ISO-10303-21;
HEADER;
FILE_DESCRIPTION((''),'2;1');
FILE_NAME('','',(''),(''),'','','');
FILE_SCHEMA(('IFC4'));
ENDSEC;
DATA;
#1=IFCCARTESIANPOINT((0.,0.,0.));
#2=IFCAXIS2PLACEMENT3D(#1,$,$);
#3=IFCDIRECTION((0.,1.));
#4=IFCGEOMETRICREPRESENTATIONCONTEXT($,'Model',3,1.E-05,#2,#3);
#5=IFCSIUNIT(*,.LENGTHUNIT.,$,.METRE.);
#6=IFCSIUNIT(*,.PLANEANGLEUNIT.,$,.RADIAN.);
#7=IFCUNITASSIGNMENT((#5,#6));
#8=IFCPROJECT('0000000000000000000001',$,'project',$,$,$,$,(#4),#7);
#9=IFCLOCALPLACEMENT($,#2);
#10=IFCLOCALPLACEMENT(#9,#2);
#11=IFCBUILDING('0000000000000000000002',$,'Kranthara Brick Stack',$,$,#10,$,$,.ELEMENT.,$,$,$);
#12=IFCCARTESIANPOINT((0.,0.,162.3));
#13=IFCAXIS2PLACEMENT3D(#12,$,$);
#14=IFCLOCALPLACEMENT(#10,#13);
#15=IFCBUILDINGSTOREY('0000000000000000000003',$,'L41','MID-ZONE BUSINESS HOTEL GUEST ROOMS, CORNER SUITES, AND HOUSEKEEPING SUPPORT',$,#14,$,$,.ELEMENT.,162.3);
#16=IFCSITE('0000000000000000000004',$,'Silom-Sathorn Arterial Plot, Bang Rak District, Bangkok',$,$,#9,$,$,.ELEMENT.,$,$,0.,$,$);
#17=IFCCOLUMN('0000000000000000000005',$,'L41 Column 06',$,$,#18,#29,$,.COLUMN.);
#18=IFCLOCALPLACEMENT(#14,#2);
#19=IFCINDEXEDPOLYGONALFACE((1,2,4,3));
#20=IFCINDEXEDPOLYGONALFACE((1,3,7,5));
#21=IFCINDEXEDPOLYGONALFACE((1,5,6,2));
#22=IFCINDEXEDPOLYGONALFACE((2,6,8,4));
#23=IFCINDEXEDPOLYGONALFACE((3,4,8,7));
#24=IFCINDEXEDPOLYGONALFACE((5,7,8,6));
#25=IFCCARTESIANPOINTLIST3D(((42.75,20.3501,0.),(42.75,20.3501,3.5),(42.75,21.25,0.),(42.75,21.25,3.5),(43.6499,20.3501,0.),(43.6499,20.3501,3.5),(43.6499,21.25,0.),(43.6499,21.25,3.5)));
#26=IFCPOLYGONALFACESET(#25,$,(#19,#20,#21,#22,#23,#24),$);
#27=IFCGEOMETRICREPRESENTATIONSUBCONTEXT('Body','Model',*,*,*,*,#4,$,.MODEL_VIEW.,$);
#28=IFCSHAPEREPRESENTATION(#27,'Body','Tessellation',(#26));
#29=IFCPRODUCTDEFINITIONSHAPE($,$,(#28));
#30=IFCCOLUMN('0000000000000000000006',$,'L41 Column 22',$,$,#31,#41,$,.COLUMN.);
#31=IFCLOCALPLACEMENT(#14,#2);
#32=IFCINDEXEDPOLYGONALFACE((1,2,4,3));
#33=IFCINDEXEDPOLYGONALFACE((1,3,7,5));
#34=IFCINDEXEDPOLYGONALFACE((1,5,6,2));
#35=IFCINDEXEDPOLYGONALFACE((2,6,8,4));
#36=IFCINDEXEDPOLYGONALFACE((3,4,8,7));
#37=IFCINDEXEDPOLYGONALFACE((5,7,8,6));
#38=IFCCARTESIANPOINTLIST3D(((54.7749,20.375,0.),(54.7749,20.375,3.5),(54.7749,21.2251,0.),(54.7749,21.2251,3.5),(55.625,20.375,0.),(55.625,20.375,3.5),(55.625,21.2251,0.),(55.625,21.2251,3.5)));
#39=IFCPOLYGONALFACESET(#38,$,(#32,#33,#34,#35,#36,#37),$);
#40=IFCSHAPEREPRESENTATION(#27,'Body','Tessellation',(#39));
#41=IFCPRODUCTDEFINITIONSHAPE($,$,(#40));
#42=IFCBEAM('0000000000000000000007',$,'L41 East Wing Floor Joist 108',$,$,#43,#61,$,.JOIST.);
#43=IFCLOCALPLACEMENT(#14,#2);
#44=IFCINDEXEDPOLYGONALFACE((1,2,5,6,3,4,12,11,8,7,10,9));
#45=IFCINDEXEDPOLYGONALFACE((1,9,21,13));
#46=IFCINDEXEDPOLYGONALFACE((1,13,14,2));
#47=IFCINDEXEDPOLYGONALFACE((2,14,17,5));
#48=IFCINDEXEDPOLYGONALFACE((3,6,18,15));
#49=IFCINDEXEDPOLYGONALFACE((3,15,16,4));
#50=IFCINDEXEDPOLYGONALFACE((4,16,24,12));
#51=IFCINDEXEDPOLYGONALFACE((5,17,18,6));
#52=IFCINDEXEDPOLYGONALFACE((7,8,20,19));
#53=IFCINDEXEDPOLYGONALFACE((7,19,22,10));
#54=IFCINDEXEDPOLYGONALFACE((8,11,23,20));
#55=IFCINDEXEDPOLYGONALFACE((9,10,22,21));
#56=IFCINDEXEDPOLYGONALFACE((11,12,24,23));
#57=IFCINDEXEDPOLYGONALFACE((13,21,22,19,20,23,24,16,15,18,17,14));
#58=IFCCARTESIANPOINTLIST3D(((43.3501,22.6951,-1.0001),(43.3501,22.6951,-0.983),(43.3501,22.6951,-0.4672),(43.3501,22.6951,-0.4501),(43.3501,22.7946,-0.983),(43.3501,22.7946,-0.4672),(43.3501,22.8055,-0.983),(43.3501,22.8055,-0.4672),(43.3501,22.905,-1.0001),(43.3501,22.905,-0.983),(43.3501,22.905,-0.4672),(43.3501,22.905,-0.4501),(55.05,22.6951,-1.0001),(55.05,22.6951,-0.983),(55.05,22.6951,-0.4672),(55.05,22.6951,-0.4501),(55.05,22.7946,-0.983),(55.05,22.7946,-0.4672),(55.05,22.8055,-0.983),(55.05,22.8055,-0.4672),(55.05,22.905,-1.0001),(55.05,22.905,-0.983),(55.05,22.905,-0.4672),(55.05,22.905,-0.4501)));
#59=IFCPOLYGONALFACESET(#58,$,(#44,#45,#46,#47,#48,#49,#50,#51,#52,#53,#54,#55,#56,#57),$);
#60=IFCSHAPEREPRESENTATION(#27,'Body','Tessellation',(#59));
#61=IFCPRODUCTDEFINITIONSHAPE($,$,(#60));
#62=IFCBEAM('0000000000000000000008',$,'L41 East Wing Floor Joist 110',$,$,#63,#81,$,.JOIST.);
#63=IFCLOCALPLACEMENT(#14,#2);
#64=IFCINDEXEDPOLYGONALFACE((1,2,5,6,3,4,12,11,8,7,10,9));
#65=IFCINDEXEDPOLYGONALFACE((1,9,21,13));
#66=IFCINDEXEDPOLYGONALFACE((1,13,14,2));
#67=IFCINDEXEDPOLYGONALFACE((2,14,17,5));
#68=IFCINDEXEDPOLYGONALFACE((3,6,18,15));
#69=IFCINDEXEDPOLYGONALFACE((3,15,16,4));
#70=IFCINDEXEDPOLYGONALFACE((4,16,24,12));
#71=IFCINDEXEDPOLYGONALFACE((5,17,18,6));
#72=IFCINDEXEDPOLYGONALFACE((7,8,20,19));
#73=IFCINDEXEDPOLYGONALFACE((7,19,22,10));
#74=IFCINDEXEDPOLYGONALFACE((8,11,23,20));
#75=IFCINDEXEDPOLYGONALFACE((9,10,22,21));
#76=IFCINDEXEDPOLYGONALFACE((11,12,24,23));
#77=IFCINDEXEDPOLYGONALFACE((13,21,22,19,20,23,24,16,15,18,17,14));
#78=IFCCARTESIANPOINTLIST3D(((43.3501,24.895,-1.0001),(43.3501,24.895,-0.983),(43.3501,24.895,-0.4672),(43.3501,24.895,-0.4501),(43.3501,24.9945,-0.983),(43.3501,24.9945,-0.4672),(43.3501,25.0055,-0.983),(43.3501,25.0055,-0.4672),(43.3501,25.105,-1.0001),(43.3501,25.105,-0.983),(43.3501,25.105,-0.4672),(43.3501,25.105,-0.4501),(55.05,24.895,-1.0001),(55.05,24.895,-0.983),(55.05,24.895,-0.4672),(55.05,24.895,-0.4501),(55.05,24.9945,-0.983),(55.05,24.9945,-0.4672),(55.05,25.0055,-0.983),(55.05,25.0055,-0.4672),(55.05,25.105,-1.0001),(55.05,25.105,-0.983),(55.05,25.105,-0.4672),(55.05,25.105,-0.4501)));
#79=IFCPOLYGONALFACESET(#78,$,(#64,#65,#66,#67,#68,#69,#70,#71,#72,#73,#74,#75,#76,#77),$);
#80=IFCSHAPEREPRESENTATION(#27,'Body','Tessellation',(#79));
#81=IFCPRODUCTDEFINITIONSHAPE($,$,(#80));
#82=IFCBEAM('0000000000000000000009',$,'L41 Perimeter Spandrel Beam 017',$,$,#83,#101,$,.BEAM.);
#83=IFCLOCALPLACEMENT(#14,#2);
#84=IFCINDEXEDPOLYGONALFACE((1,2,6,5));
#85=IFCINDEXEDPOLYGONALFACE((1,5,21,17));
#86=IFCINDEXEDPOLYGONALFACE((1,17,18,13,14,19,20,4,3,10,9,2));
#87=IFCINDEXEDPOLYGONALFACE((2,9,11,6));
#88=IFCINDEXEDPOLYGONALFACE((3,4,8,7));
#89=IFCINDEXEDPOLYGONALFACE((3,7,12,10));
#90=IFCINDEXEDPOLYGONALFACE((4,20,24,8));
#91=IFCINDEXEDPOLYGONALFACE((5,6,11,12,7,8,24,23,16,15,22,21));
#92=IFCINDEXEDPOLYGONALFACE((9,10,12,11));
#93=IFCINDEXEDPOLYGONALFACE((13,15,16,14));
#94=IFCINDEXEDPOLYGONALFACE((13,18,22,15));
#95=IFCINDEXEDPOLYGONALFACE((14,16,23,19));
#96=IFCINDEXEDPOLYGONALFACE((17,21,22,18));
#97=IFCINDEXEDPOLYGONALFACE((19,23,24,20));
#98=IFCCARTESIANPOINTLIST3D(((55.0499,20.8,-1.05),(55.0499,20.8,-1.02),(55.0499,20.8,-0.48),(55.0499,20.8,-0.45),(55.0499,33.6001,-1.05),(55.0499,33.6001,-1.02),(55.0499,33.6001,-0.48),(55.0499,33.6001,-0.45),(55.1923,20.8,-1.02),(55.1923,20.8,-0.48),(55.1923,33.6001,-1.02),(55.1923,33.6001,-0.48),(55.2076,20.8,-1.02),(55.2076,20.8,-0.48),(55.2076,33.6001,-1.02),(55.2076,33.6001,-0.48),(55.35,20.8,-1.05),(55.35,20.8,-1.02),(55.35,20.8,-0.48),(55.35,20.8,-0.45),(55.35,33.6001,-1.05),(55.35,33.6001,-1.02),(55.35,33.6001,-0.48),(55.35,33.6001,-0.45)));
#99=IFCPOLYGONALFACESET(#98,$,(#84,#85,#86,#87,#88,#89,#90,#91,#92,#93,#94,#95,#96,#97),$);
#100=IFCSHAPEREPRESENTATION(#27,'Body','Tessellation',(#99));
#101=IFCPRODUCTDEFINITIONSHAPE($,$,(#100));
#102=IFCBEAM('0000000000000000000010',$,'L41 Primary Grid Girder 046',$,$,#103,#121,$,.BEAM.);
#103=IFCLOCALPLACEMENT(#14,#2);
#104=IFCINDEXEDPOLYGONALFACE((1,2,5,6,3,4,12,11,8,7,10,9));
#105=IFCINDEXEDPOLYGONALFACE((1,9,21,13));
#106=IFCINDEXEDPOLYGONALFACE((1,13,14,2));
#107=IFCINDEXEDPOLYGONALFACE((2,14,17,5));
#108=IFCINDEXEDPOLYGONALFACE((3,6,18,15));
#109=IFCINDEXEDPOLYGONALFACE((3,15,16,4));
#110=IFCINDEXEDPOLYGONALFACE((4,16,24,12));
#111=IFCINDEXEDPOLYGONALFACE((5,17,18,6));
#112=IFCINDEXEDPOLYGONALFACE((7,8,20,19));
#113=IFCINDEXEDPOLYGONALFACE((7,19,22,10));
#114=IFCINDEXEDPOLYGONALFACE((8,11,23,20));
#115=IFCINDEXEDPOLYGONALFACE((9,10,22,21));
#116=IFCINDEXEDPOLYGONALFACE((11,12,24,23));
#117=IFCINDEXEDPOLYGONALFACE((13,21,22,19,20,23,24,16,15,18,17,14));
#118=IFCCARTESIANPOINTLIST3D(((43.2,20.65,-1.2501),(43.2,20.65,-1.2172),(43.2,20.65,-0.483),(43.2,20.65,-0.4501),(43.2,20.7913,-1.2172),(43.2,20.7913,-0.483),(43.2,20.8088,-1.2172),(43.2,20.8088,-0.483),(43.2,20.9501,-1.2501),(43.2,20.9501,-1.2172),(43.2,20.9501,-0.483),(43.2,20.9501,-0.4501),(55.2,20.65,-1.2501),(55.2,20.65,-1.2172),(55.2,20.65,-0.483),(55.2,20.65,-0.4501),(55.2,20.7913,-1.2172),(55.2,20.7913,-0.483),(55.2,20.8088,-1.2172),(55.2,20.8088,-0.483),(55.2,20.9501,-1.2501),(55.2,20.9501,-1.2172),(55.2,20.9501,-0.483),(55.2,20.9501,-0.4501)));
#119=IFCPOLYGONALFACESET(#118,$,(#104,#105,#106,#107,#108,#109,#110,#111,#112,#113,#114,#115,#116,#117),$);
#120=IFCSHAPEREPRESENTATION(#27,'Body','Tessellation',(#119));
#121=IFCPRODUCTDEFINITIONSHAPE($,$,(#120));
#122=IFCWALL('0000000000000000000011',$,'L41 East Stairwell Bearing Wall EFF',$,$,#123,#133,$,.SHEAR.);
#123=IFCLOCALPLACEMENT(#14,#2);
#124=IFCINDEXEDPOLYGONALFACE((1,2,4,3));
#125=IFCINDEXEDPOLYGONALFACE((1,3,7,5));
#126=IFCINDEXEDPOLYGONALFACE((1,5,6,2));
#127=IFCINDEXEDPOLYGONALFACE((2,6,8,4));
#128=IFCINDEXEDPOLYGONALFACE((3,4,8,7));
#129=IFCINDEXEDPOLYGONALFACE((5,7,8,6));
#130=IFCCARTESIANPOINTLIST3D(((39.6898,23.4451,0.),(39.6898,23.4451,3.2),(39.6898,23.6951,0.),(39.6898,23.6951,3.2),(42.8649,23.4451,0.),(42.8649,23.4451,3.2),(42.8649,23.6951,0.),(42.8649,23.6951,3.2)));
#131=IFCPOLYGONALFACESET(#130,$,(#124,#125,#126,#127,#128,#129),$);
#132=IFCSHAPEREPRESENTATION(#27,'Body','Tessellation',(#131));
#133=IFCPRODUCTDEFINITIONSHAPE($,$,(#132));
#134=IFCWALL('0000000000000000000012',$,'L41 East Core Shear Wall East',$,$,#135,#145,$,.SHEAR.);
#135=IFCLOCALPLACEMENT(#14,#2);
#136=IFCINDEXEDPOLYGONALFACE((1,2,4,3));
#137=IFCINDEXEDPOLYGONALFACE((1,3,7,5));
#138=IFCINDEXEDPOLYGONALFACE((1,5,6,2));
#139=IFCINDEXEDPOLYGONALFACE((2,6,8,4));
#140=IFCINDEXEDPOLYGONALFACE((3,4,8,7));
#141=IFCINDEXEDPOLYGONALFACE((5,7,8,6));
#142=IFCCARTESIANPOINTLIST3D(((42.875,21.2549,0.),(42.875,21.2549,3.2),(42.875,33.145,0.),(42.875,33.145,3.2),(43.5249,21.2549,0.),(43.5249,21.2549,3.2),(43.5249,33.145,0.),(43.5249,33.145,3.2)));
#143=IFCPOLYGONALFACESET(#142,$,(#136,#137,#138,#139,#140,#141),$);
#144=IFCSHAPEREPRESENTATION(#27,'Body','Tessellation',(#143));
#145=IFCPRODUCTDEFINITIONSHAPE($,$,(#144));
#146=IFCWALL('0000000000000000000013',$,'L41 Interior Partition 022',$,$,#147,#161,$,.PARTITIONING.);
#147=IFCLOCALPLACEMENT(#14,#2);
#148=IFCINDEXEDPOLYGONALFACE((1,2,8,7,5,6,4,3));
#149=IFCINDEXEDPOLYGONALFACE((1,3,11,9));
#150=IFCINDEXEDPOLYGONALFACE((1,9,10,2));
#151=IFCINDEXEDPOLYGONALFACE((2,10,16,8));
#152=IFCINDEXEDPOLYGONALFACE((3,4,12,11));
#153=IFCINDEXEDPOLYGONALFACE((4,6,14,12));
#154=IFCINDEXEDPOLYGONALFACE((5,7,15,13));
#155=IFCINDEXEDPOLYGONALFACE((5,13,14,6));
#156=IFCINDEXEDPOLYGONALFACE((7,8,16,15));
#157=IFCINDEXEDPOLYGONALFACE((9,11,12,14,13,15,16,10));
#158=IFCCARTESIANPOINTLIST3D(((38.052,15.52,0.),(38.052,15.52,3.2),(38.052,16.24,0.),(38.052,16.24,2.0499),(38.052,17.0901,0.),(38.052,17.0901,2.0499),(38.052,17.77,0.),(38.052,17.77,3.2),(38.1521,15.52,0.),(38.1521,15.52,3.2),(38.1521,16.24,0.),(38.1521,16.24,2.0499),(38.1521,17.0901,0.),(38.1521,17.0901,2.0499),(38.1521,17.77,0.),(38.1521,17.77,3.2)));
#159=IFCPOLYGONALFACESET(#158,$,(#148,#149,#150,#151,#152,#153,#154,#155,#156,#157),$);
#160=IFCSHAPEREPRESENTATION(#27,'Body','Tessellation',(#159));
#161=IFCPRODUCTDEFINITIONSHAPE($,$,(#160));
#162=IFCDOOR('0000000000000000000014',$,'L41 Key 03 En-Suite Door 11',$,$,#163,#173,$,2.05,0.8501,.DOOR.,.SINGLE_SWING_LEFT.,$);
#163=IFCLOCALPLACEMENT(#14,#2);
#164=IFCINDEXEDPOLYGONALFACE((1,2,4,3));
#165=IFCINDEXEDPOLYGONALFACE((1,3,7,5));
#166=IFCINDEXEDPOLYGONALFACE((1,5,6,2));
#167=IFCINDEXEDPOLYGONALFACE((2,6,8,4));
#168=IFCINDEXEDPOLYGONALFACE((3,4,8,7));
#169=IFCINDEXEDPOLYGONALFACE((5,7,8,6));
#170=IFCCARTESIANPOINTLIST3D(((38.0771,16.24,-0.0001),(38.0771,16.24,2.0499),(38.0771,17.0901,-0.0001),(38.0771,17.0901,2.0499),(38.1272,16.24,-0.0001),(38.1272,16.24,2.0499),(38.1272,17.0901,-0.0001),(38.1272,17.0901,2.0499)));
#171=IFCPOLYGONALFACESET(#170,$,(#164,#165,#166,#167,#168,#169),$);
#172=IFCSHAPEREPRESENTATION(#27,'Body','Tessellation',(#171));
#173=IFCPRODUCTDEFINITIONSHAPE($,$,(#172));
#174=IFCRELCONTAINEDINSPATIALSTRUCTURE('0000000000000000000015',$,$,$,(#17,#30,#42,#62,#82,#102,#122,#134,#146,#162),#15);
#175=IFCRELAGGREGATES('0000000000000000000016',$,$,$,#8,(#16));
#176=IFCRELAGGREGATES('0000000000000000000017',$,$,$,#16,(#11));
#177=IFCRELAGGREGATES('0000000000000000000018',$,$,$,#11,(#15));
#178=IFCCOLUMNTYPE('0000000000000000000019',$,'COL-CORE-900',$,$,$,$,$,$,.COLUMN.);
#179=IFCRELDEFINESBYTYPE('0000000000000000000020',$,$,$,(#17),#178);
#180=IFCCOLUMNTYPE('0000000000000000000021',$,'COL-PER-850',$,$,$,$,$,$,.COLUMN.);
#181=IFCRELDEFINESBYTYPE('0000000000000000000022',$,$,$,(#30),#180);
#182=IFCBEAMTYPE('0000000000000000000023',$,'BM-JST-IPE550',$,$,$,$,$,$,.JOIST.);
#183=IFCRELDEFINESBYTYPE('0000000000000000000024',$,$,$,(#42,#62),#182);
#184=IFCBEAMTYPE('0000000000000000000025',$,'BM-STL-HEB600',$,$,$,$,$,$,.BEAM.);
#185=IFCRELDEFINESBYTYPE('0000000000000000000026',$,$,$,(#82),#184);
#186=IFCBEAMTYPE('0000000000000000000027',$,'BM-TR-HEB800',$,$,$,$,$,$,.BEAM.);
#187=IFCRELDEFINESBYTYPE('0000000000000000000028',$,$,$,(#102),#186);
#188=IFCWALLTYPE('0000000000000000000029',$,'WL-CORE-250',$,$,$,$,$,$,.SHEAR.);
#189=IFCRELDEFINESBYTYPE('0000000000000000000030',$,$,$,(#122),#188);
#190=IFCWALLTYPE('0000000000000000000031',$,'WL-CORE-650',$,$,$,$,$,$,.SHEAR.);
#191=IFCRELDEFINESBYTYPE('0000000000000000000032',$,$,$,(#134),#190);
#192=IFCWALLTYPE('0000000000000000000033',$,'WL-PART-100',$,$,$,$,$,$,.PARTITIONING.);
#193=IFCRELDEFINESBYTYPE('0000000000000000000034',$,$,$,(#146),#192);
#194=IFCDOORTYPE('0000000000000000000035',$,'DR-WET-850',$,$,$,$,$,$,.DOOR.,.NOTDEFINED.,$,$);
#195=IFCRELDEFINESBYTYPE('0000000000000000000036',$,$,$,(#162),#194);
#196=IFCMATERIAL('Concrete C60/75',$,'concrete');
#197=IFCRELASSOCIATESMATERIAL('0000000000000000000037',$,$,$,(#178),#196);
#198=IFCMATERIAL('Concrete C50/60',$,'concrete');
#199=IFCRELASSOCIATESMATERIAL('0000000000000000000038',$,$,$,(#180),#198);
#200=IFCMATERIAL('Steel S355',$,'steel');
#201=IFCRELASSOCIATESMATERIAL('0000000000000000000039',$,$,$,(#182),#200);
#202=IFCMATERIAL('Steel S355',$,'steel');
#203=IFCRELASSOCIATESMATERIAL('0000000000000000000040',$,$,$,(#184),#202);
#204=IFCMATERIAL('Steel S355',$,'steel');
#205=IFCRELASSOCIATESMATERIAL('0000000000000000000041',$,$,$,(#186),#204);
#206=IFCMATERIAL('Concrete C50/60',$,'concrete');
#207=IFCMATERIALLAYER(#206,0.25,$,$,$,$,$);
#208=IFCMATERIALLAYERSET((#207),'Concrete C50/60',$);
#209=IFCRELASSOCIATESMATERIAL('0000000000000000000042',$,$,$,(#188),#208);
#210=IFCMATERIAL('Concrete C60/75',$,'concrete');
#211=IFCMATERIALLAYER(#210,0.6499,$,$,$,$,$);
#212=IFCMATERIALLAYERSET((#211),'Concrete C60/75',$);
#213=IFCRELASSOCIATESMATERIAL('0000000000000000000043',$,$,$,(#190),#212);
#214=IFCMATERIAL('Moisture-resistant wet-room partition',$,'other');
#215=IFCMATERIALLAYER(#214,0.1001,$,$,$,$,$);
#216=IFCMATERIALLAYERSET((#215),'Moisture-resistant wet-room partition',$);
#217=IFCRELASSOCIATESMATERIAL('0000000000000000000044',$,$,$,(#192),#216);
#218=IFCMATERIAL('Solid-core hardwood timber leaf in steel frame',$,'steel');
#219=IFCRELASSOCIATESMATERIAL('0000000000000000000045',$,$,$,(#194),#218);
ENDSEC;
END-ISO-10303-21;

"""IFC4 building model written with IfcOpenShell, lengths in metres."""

from ifc_helpers import new_model, si_unit, direction, frame, frame_2d, origin, origin_2d, place, context, subcontext, project, spatial, rectangle, i_section, extrude, material, layer, layer_set, material_profile, profile_set, type_object, element, fill, save


model = new_model("IFC4")

# Units and contexts
model_context = context("Model", 3, precision=1e-05, world=origin(), true_north=direction((0.0, 1.0)))
body_context = subcontext(model_context, "Body", "Model", "MODEL_VIEW")
ifc_project = project(units=[si_unit("LENGTHUNIT", "METRE"), si_unit("PLANEANGLEUNIT", "RADIAN")], contexts=[model_context])

# Site, building, storey
site_placement = place(None, origin())
site = spatial("IfcSite", under=ifc_project, at=site_placement, Name="Silom-Sathorn Arterial Plot, Bang Rak District, Bangkok", CompositionType="ELEMENT", RefElevation=0.0)
building_placement = place(site_placement, origin())
building = spatial("IfcBuilding", under=site, at=building_placement, Name="Kranthara Brick Stack", CompositionType="ELEMENT")
storey_placement = place(building_placement, frame((0.0, 0.0, 162.3)))
storey = spatial("IfcBuildingStorey", under=building, at=storey_placement, Name="L41", Description="MID-ZONE BUSINESS HOTEL GUEST ROOMS, CORNER SUITES, AND HOUSEKEEPING SUPPORT", CompositionType="ELEMENT", Elevation=162.3)

# Columns
ifc_material_1 = material(Name="Concrete C60/75", Category="concrete")
ifc_material_profile_1 = material_profile(ifc_material_1, rectangle(XDim=0.8999, YDim=0.8999, at=origin_2d()), Name="RC 900x900")
ifc_profile_set_1 = profile_set([ifc_material_profile_1], Name="Concrete C60/75")
column_type_1 = type_object("IfcColumnType", Name="COL-CORE-900", PredefinedType="COLUMN", material=ifc_profile_set_1)
column_1_placement = place(storey_placement, frame((43.2, 20.8, 0.0), z_axis=(0.0, 0.0, 1.0), x_axis=(1.0, 0.0, 0.0)))
element("IfcColumn", 1, at=column_1_placement, inside=storey, type_object=column_type_1, Name="L41 Column 06", PredefinedType="COLUMN", context=body_context, shape_type="SweptSolid", body=[
    extrude(rectangle(XDim=0.8999, YDim=0.8999, at=origin_2d()), origin(), (0.0, 0.0, 1.0), 3.5),
])
ifc_material_2 = material(Name="Concrete C50/60", Category="concrete")
ifc_material_profile_2 = material_profile(ifc_material_2, rectangle(XDim=0.8501, YDim=0.8501, at=origin_2d()), Name="RC 850x850")
ifc_profile_set_2 = profile_set([ifc_material_profile_2], Name="Concrete C50/60")
column_type_2 = type_object("IfcColumnType", Name="COL-PER-850", PredefinedType="COLUMN", material=ifc_profile_set_2)
column_2_placement = place(storey_placement, frame((55.2, 20.8, 0.0), z_axis=(0.0, 0.0, 1.0), x_axis=(1.0, 0.0, 0.0)))
element("IfcColumn", 2, at=column_2_placement, inside=storey, type_object=column_type_2, Name="L41 Column 22", PredefinedType="COLUMN", context=body_context, shape_type="SweptSolid", body=[
    extrude(rectangle(XDim=0.8501, YDim=0.8501, at=origin_2d()), origin(), (0.0, 0.0, 1.0), 3.5),
])

# Beams
ifc_material_3 = material(Name="Steel S355", Category="steel")
ifc_material_profile_3 = material_profile(ifc_material_3, i_section(OverallWidth=0.21, OverallDepth=0.55, WebThickness=0.011, FlangeThickness=0.0171, at=origin_2d()), Name="IPE 550")
ifc_profile_set_3 = profile_set([ifc_material_profile_3], Name="Steel S355")
beam_type_1 = type_object("IfcBeamType", Name="BM-JST-IPE550", PredefinedType="JOIST", material=ifc_profile_set_3)
for number, where, z_axis, x_axis, name in (
    (3, (43.3501, 22.8, -0.7251), (1.0, 0.0, 0.0), (0.0, 1.0, 0.0), "L41 East Wing Floor Joist 108"),
    (4, (43.3501, 25.0, -0.7251), (1.0, 0.0, 0.0), (0.0, 1.0, 0.0), "L41 East Wing Floor Joist 110"),
):
    element("IfcBeam", number, at=place(storey_placement, frame(where, z_axis=z_axis, x_axis=x_axis)), inside=storey, type_object=beam_type_1, Name=name, PredefinedType="JOIST", context=body_context, shape_type="SweptSolid", body=[
        extrude(i_section(OverallWidth=0.21, OverallDepth=0.55, WebThickness=0.011, FlangeThickness=0.0171, at=origin_2d()), origin(), (0.0, 0.0, 1.0), 11.7),
    ])
ifc_material_4 = material(Name="Steel S355", Category="steel")
ifc_material_profile_4 = material_profile(ifc_material_4, i_section(OverallWidth=0.3, OverallDepth=0.6001, WebThickness=0.0154, FlangeThickness=0.03, at=origin_2d()), Name="HEB 600")
ifc_profile_set_4 = profile_set([ifc_material_profile_4], Name="Steel S355")
beam_type_2 = type_object("IfcBeamType", Name="BM-STL-HEB600", PredefinedType="BEAM", material=ifc_profile_set_4)
beam_1_placement = place(storey_placement, frame((55.2, 20.8, -0.75), z_axis=(0.0, 1.0, 0.0), x_axis=(-1.0, 0.0, 0.0)))
element("IfcBeam", 5, at=beam_1_placement, inside=storey, type_object=beam_type_2, Name="L41 Perimeter Spandrel Beam 017", PredefinedType="BEAM", context=body_context, shape_type="SweptSolid", body=[
    extrude(i_section(OverallWidth=0.3, OverallDepth=0.6001, WebThickness=0.0154, FlangeThickness=0.03, at=origin_2d()), origin(), (0.0, 0.0, 1.0), 12.8),
])
ifc_material_5 = material(Name="Steel S355", Category="steel")
ifc_material_profile_5 = material_profile(ifc_material_5, i_section(OverallWidth=0.3, OverallDepth=0.8, WebThickness=0.0176, FlangeThickness=0.033, at=origin_2d()), Name="HEB 800")
ifc_profile_set_5 = profile_set([ifc_material_profile_5], Name="Steel S355")
beam_type_3 = type_object("IfcBeamType", Name="BM-TR-HEB800", PredefinedType="BEAM", material=ifc_profile_set_5)
beam_2_placement = place(storey_placement, frame((43.2, 20.8, -0.8501), z_axis=(1.0, 0.0, 0.0), x_axis=(0.0, 1.0, 0.0)))
element("IfcBeam", 6, at=beam_2_placement, inside=storey, type_object=beam_type_3, Name="L41 Primary Grid Girder 046", PredefinedType="BEAM", context=body_context, shape_type="SweptSolid", body=[
    extrude(i_section(OverallWidth=0.3, OverallDepth=0.8, WebThickness=0.0176, FlangeThickness=0.033, at=origin_2d()), origin(), (0.0, 0.0, 1.0), 12.0),
])

# Shared definitions
ifc_material_6 = material(Name="Concrete C50/60", Category="concrete")
ifc_layer_1 = layer(ifc_material_6, 0.25)
ifc_layer_set_1 = layer_set([ifc_layer_1], Name="Concrete C50/60")
wall_type_1 = type_object("IfcWallType", Name="WL-CORE-250", PredefinedType="SHEAR", material=ifc_layer_set_1)

# Walls
wall_1_placement = place(storey_placement, frame((39.6899, 23.5701, 0.0), z_axis=(0.0, 0.0, 1.0), x_axis=(1.0, 0.0, 0.0)))
element("IfcWall", 7, at=wall_1_placement, inside=storey, type_object=wall_type_1, Name="L41 East Stairwell Bearing Wall EFF", PredefinedType="SHEAR", context=body_context, shape_type="SweptSolid", body=[
    extrude(rectangle(XDim=3.175, YDim=0.25, at=frame_2d((1.5874, 0.0))), origin(), (0.0, 0.0, 1.0), 3.2),
])
ifc_material_7 = material(Name="Concrete C60/75", Category="concrete")
ifc_layer_2 = layer(ifc_material_7, 0.6499)
ifc_layer_set_2 = layer_set([ifc_layer_2], Name="Concrete C60/75")
wall_type_2 = type_object("IfcWallType", Name="WL-CORE-650", PredefinedType="SHEAR", material=ifc_layer_set_2)
wall_2_placement = place(storey_placement, frame((43.2, 21.2549, 0.0), z_axis=(0.0, 0.0, 1.0), x_axis=(0.0, 1.0, 0.0)))
element("IfcWall", 8, at=wall_2_placement, inside=storey, type_object=wall_type_2, Name="L41 East Core Shear Wall East", PredefinedType="SHEAR", context=body_context, shape_type="SweptSolid", body=[
    extrude(rectangle(XDim=11.8901, YDim=0.6499, at=frame_2d((5.9451, 0.0))), origin(), (0.0, 0.0, 1.0), 3.2),
])

# Wall, opening, door
ifc_material_8 = material(Name="Moisture-resistant wet-room partition", Category="other")
ifc_layer_3 = layer(ifc_material_8, 0.1001)
ifc_layer_set_3 = layer_set([ifc_layer_3], Name="Moisture-resistant wet-room partition")
wall_type_3 = type_object("IfcWallType", Name="WL-PART-100", PredefinedType="PARTITIONING", material=ifc_layer_set_3)
wall_3_placement = place(storey_placement, frame((38.1021, 15.52, 0.0), z_axis=(0.0, 0.0, 1.0), x_axis=(0.0, 1.0, 0.0)))
wall_3 = element("IfcWall", 9, at=wall_3_placement, inside=storey, type_object=wall_type_3, Name="L41 Interior Partition 022", PredefinedType="PARTITIONING", context=body_context, shape_type="SweptSolid", body=[
    extrude(rectangle(XDim=2.25, YDim=0.1001, at=frame_2d((1.125, 0.0))), origin(), (0.0, 0.0, 1.0), 3.2),
])
opening_1_placement = place(wall_3_placement, frame((0.72, 0.0, 0.0)))
opening_1 = element("IfcOpeningElement", 10, at=opening_1_placement, cuts=wall_3, PredefinedType="OPENING", context=body_context, shape_type="SweptSolid", body=[
    extrude(rectangle(XDim=0.8501, YDim=2.05, at=frame_2d((0.425, 1.0249))), frame((0.0, 0.0601, 0.0), z_axis=(0.0, -1.0, 0.0), x_axis=(1.0, 0.0, 0.0)), (0.0, 0.0, 1.0), 0.1201),
])
ifc_material_9 = material(Name="Solid-core hardwood timber leaf in steel frame", Category="steel")
door_type_1 = type_object("IfcDoorType", Name="DR-WET-850", OperationType="NOTDEFINED", PredefinedType="DOOR", material=ifc_material_9)
door_1_placement = place(opening_1_placement, origin())
door_1 = element("IfcDoor", 11, at=door_1_placement, inside=storey, type_object=door_type_1, Name="L41 Key 03 En-Suite Door 11", OperationType="SINGLE_SWING_LEFT", OverallHeight=2.05, OverallWidth=0.8501, PredefinedType="DOOR", context=body_context, shape_type="SweptSolid", body=[
    extrude(rectangle(XDim=0.8501, YDim=2.05, at=frame_2d((0.425, 1.0249))), frame((0.0, 0.0249, 0.0), z_axis=(0.0, -1.0, 0.0), x_axis=(1.0, 0.0, 0.0)), (0.0, 0.0, 1.0), 0.05),
])
fill(opening_1, door_1)

save(model, "model.ifc")
